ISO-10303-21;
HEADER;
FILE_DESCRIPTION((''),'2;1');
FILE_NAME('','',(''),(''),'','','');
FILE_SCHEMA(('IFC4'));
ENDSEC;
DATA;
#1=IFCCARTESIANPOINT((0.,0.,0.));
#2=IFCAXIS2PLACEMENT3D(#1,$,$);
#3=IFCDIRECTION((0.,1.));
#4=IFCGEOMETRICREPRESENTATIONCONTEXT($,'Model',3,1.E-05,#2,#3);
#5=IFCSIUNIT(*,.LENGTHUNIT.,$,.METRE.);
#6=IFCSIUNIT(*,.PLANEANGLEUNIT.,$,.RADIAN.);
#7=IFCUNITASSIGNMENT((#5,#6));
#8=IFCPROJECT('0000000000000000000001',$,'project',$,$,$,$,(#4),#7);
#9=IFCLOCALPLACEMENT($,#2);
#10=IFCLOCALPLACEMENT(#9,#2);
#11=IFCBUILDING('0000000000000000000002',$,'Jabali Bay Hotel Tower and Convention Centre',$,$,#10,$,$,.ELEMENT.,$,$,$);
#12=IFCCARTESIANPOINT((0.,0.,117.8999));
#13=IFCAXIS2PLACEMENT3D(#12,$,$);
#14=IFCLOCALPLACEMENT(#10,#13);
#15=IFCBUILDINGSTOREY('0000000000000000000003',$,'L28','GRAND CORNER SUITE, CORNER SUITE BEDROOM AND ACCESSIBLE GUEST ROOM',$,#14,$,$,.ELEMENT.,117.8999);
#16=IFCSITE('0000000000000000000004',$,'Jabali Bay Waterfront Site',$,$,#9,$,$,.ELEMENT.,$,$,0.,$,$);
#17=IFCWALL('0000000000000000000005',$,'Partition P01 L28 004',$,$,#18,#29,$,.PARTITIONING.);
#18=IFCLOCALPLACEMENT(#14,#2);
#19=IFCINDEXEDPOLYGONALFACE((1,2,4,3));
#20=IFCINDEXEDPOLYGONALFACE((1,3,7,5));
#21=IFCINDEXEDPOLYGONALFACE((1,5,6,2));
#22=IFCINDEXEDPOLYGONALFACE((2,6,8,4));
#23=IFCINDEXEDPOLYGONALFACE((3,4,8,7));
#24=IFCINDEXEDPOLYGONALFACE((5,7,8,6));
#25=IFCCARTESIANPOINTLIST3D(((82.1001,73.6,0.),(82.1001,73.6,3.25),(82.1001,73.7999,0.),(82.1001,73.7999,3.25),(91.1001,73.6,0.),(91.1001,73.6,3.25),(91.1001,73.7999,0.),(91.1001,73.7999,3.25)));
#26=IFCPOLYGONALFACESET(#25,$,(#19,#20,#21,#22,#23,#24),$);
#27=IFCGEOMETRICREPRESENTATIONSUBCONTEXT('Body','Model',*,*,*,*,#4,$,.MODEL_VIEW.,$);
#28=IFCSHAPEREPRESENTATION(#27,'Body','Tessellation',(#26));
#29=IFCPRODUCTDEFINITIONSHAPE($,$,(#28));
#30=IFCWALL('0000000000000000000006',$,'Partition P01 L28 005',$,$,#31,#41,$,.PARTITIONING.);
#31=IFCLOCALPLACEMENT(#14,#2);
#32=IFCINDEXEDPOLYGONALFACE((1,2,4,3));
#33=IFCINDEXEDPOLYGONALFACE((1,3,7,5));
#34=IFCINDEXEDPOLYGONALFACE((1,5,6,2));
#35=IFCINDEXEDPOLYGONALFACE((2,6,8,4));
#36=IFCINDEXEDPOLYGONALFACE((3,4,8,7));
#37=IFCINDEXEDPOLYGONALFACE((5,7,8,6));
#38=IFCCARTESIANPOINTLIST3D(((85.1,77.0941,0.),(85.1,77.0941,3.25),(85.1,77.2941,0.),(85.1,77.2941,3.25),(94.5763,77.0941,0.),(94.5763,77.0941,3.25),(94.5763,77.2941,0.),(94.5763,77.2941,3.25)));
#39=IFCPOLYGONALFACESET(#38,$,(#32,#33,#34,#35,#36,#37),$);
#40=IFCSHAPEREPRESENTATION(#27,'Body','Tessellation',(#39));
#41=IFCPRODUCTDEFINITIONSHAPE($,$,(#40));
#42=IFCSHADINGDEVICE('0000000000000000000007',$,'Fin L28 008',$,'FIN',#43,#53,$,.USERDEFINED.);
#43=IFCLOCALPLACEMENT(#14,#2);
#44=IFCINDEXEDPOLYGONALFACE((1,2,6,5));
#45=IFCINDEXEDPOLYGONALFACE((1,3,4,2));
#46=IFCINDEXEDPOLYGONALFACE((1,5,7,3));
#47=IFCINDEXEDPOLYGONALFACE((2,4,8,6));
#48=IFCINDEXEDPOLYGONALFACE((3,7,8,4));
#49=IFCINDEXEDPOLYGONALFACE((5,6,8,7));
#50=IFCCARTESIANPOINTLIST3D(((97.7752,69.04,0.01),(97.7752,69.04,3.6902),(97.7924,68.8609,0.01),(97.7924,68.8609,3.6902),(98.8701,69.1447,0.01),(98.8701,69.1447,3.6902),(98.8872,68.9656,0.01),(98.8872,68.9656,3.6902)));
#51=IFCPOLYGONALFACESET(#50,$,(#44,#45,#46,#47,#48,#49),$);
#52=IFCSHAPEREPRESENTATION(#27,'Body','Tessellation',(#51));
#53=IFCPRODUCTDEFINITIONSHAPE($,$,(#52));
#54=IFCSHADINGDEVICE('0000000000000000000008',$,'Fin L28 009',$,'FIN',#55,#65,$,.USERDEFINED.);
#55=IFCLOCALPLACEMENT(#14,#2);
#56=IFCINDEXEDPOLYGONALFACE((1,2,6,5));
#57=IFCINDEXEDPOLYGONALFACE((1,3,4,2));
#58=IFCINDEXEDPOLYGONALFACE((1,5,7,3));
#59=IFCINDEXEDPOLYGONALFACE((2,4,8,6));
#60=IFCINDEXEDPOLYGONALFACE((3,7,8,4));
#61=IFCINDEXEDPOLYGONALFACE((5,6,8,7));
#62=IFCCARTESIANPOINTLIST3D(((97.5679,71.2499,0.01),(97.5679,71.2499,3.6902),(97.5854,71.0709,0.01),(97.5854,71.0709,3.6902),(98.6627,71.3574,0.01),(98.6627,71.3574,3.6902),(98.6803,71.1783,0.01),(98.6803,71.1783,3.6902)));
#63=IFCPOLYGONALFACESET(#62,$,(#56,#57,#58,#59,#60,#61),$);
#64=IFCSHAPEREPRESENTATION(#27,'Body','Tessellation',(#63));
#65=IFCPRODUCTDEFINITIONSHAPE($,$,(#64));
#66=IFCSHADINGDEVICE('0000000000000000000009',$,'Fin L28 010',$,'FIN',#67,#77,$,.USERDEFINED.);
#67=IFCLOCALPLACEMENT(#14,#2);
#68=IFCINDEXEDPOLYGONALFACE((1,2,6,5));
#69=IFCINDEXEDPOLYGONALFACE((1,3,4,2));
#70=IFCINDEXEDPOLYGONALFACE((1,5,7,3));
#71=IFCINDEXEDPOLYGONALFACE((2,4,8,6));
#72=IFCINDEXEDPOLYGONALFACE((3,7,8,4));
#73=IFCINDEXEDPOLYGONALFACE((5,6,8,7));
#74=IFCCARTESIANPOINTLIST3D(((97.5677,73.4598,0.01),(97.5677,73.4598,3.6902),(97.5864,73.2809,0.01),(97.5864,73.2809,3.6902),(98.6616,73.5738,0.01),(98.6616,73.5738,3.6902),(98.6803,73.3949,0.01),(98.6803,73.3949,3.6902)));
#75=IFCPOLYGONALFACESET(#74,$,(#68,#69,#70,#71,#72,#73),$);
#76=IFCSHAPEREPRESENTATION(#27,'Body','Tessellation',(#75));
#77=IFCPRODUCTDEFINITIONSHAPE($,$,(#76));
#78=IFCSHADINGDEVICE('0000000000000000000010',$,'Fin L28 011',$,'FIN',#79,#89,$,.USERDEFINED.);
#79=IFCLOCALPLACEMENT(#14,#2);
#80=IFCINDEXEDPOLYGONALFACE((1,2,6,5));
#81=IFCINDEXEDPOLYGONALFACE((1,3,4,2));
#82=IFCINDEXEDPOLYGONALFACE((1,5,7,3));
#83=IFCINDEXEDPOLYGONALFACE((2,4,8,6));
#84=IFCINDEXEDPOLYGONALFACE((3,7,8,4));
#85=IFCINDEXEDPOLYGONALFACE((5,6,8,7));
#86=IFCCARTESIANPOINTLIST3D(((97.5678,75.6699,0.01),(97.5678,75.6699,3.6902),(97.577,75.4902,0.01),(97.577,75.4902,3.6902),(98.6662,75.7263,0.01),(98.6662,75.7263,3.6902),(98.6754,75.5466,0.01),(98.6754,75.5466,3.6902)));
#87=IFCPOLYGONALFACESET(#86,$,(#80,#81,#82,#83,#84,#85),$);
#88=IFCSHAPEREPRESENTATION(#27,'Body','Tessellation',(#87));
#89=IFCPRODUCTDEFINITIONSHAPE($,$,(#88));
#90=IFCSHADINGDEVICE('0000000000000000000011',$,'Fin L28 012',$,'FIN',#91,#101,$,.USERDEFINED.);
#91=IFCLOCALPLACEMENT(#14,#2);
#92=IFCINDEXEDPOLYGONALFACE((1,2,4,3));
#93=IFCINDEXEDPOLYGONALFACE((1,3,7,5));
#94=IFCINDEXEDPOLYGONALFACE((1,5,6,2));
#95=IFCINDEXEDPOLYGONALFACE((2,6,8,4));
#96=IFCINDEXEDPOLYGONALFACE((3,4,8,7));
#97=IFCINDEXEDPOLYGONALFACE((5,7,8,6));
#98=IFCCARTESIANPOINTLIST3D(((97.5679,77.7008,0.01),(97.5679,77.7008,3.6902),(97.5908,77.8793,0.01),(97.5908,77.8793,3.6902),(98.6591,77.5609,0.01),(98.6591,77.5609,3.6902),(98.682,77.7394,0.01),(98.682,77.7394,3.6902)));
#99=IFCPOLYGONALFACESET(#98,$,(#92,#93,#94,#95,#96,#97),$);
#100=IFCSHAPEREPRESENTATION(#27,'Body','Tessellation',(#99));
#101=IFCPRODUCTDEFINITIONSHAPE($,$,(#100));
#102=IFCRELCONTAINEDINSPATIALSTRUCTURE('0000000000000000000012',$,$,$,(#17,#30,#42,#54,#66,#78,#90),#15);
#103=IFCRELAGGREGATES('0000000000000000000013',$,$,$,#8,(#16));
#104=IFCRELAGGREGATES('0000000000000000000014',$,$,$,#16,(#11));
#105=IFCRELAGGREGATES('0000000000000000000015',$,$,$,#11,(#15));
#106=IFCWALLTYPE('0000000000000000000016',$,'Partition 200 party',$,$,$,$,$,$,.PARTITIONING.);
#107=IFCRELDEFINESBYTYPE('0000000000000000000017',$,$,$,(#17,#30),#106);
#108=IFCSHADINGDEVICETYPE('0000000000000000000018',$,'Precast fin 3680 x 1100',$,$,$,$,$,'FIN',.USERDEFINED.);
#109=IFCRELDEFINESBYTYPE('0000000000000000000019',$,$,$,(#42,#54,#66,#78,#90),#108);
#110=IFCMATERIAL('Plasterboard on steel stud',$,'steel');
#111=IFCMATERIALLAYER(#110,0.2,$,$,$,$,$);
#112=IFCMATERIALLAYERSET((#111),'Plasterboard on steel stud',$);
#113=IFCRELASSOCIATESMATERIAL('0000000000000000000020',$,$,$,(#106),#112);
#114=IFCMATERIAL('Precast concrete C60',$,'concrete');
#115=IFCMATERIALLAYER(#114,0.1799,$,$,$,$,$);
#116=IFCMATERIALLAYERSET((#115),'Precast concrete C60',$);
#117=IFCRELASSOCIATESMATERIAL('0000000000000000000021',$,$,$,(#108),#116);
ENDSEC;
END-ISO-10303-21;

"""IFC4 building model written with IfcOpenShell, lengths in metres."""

from ifc_helpers import new_model, si_unit, direction, frame, frame_2d, origin, place, context, subcontext, project, spatial, rectangle, extrude, material, layer, layer_set, type_object, element, save


model = new_model("IFC4")

# Units and contexts
model_context = context("Model", 3, precision=1e-05, world=origin(), true_north=direction((0.0, 1.0)))
body_context = subcontext(model_context, "Body", "Model", "MODEL_VIEW")
ifc_project = project(units=[si_unit("LENGTHUNIT", "METRE"), si_unit("PLANEANGLEUNIT", "RADIAN")], contexts=[model_context])

# Site, building, storey
site_placement = place(None, origin())
site = spatial("IfcSite", under=ifc_project, at=site_placement, Name="Jabali Bay Waterfront Site", CompositionType="ELEMENT", RefElevation=0.0)
building_placement = place(site_placement, origin())
building = spatial("IfcBuilding", under=site, at=building_placement, Name="Jabali Bay Hotel Tower and Convention Centre", CompositionType="ELEMENT")
storey_placement = place(building_placement, frame((0.0, 0.0, 117.8999)))
storey = spatial("IfcBuildingStorey", under=building, at=storey_placement, Name="L28", Description="GRAND CORNER SUITE, CORNER SUITE BEDROOM AND ACCESSIBLE GUEST ROOM", CompositionType="ELEMENT", Elevation=117.8999)

# Shared definitions
ifc_material_1 = material(Name="Plasterboard on steel stud", Category="steel")

# Shared definitions
ifc_layer_1 = layer(ifc_material_1, 0.2)
ifc_layer_set_1 = layer_set([ifc_layer_1], Name="Plasterboard on steel stud")
wall_type_1 = type_object("IfcWallType", Name="Partition 200 party", PredefinedType="PARTITIONING", material=ifc_layer_set_1)

# Walls
wall_1_placement = place(storey_placement, frame((91.1001, 73.7, 0.0), z_axis=(0.0, 0.0, 1.0), x_axis=(-1.0, 0.0, 0.0)))
element("IfcWall", 1, at=wall_1_placement, inside=storey, type_object=wall_type_1, Name="Partition P01 L28 004", PredefinedType="PARTITIONING", context=body_context, shape_type="SweptSolid", body=[
    extrude(rectangle(XDim=9.0, YDim=0.2, at=frame_2d((4.5, 0.0))), origin(), (0.0, 0.0, 1.0), 3.25),
])
wall_2_placement = place(storey_placement, frame((94.5764, 77.1941, 0.0), z_axis=(0.0, 0.0, 1.0), x_axis=(-1.0, 0.0, 0.0)))
element("IfcWall", 2, at=wall_2_placement, inside=storey, type_object=wall_type_1, Name="Partition P01 L28 005", PredefinedType="PARTITIONING", context=body_context, shape_type="SweptSolid", body=[
    extrude(rectangle(XDim=9.4763, YDim=0.2, at=frame_2d((4.7383, 0.0))), origin(), (0.0, 0.0, 1.0), 3.25),
])

# Shading devices
ifc_material_2 = material(Name="Precast concrete C60", Category="concrete")
ifc_layer_2 = layer(ifc_material_2, 0.1799)
ifc_layer_set_2 = layer_set([ifc_layer_2], Name="Precast concrete C60")
shading_device_type = type_object("IfcShadingDeviceType", Name="Precast fin 3680 x 1100", ElementType="FIN", PredefinedType="USERDEFINED", material=ifc_layer_set_2)
shading_device_1_placement = place(storey_placement, frame((97.7839, 68.9504, 0.01), z_axis=(0.0, 0.0, 1.0), x_axis=(0.995456, 0.095218, 0.0)))
element("IfcShadingDevice", 3, at=shading_device_1_placement, inside=storey, type_object=shading_device_type, Name="Fin L28 008", ObjectType="FIN", PredefinedType="USERDEFINED", context=body_context, shape_type="SweptSolid", body=[
    extrude(rectangle(XDim=1.0999, YDim=0.1799, at=frame_2d((0.5498, 0.0))), origin(), (0.0, 0.0, 1.0), 3.6802),
])
shading_device_2_placement = place(storey_placement, frame((97.5767, 71.1604, 0.01), z_axis=(0.0, 0.0, 1.0), x_axis=(0.99522, 0.097658, 0.0)))
element("IfcShadingDevice", 4, at=shading_device_2_placement, inside=storey, type_object=shading_device_type, Name="Fin L28 009", ObjectType="FIN", PredefinedType="USERDEFINED", context=body_context, shape_type="SweptSolid", body=[
    extrude(rectangle(XDim=1.1001, YDim=0.1799, at=frame_2d((0.55, 0.0))), origin(), (0.0, 0.0, 1.0), 3.6802),
])
for number, where, z_axis, x_axis, name in (
    (5, (97.5771, 73.3704, 0.01), (0.0, 0.0, 1.0), (0.994613, 0.103656, 0.0), "Fin L28 010"),
    (6, (97.5725, 75.5801, 0.01), (0.0, 0.0, 1.0), (0.998684, 0.051277, 0.0), "Fin L28 011"),
):
    element("IfcShadingDevice", number, at=place(storey_placement, frame(where, z_axis=z_axis, x_axis=x_axis)), inside=storey, type_object=shading_device_type, Name=name, ObjectType="FIN", PredefinedType="USERDEFINED", context=body_context, shape_type="SweptSolid", body=[
        extrude(rectangle(XDim=1.0999, YDim=0.1799, at=frame_2d((0.5498, 0.0))), origin(), (0.0, 0.0, 1.0), 3.6802),
    ])
shading_device_3_placement = place(storey_placement, frame((97.5793, 77.79, 0.01), z_axis=(0.0, 0.0, 1.0), x_axis=(0.99188, -0.127176, 0.0)))
element("IfcShadingDevice", 7, at=shading_device_3_placement, inside=storey, type_object=shading_device_type, Name="Fin L28 012", ObjectType="FIN", PredefinedType="USERDEFINED", context=body_context, shape_type="SweptSolid", body=[
    extrude(rectangle(XDim=1.1001, YDim=0.1799, at=frame_2d((0.55, 0.0))), origin(), (0.0, 0.0, 1.0), 3.6802),
])

save(model, "model.ifc")
